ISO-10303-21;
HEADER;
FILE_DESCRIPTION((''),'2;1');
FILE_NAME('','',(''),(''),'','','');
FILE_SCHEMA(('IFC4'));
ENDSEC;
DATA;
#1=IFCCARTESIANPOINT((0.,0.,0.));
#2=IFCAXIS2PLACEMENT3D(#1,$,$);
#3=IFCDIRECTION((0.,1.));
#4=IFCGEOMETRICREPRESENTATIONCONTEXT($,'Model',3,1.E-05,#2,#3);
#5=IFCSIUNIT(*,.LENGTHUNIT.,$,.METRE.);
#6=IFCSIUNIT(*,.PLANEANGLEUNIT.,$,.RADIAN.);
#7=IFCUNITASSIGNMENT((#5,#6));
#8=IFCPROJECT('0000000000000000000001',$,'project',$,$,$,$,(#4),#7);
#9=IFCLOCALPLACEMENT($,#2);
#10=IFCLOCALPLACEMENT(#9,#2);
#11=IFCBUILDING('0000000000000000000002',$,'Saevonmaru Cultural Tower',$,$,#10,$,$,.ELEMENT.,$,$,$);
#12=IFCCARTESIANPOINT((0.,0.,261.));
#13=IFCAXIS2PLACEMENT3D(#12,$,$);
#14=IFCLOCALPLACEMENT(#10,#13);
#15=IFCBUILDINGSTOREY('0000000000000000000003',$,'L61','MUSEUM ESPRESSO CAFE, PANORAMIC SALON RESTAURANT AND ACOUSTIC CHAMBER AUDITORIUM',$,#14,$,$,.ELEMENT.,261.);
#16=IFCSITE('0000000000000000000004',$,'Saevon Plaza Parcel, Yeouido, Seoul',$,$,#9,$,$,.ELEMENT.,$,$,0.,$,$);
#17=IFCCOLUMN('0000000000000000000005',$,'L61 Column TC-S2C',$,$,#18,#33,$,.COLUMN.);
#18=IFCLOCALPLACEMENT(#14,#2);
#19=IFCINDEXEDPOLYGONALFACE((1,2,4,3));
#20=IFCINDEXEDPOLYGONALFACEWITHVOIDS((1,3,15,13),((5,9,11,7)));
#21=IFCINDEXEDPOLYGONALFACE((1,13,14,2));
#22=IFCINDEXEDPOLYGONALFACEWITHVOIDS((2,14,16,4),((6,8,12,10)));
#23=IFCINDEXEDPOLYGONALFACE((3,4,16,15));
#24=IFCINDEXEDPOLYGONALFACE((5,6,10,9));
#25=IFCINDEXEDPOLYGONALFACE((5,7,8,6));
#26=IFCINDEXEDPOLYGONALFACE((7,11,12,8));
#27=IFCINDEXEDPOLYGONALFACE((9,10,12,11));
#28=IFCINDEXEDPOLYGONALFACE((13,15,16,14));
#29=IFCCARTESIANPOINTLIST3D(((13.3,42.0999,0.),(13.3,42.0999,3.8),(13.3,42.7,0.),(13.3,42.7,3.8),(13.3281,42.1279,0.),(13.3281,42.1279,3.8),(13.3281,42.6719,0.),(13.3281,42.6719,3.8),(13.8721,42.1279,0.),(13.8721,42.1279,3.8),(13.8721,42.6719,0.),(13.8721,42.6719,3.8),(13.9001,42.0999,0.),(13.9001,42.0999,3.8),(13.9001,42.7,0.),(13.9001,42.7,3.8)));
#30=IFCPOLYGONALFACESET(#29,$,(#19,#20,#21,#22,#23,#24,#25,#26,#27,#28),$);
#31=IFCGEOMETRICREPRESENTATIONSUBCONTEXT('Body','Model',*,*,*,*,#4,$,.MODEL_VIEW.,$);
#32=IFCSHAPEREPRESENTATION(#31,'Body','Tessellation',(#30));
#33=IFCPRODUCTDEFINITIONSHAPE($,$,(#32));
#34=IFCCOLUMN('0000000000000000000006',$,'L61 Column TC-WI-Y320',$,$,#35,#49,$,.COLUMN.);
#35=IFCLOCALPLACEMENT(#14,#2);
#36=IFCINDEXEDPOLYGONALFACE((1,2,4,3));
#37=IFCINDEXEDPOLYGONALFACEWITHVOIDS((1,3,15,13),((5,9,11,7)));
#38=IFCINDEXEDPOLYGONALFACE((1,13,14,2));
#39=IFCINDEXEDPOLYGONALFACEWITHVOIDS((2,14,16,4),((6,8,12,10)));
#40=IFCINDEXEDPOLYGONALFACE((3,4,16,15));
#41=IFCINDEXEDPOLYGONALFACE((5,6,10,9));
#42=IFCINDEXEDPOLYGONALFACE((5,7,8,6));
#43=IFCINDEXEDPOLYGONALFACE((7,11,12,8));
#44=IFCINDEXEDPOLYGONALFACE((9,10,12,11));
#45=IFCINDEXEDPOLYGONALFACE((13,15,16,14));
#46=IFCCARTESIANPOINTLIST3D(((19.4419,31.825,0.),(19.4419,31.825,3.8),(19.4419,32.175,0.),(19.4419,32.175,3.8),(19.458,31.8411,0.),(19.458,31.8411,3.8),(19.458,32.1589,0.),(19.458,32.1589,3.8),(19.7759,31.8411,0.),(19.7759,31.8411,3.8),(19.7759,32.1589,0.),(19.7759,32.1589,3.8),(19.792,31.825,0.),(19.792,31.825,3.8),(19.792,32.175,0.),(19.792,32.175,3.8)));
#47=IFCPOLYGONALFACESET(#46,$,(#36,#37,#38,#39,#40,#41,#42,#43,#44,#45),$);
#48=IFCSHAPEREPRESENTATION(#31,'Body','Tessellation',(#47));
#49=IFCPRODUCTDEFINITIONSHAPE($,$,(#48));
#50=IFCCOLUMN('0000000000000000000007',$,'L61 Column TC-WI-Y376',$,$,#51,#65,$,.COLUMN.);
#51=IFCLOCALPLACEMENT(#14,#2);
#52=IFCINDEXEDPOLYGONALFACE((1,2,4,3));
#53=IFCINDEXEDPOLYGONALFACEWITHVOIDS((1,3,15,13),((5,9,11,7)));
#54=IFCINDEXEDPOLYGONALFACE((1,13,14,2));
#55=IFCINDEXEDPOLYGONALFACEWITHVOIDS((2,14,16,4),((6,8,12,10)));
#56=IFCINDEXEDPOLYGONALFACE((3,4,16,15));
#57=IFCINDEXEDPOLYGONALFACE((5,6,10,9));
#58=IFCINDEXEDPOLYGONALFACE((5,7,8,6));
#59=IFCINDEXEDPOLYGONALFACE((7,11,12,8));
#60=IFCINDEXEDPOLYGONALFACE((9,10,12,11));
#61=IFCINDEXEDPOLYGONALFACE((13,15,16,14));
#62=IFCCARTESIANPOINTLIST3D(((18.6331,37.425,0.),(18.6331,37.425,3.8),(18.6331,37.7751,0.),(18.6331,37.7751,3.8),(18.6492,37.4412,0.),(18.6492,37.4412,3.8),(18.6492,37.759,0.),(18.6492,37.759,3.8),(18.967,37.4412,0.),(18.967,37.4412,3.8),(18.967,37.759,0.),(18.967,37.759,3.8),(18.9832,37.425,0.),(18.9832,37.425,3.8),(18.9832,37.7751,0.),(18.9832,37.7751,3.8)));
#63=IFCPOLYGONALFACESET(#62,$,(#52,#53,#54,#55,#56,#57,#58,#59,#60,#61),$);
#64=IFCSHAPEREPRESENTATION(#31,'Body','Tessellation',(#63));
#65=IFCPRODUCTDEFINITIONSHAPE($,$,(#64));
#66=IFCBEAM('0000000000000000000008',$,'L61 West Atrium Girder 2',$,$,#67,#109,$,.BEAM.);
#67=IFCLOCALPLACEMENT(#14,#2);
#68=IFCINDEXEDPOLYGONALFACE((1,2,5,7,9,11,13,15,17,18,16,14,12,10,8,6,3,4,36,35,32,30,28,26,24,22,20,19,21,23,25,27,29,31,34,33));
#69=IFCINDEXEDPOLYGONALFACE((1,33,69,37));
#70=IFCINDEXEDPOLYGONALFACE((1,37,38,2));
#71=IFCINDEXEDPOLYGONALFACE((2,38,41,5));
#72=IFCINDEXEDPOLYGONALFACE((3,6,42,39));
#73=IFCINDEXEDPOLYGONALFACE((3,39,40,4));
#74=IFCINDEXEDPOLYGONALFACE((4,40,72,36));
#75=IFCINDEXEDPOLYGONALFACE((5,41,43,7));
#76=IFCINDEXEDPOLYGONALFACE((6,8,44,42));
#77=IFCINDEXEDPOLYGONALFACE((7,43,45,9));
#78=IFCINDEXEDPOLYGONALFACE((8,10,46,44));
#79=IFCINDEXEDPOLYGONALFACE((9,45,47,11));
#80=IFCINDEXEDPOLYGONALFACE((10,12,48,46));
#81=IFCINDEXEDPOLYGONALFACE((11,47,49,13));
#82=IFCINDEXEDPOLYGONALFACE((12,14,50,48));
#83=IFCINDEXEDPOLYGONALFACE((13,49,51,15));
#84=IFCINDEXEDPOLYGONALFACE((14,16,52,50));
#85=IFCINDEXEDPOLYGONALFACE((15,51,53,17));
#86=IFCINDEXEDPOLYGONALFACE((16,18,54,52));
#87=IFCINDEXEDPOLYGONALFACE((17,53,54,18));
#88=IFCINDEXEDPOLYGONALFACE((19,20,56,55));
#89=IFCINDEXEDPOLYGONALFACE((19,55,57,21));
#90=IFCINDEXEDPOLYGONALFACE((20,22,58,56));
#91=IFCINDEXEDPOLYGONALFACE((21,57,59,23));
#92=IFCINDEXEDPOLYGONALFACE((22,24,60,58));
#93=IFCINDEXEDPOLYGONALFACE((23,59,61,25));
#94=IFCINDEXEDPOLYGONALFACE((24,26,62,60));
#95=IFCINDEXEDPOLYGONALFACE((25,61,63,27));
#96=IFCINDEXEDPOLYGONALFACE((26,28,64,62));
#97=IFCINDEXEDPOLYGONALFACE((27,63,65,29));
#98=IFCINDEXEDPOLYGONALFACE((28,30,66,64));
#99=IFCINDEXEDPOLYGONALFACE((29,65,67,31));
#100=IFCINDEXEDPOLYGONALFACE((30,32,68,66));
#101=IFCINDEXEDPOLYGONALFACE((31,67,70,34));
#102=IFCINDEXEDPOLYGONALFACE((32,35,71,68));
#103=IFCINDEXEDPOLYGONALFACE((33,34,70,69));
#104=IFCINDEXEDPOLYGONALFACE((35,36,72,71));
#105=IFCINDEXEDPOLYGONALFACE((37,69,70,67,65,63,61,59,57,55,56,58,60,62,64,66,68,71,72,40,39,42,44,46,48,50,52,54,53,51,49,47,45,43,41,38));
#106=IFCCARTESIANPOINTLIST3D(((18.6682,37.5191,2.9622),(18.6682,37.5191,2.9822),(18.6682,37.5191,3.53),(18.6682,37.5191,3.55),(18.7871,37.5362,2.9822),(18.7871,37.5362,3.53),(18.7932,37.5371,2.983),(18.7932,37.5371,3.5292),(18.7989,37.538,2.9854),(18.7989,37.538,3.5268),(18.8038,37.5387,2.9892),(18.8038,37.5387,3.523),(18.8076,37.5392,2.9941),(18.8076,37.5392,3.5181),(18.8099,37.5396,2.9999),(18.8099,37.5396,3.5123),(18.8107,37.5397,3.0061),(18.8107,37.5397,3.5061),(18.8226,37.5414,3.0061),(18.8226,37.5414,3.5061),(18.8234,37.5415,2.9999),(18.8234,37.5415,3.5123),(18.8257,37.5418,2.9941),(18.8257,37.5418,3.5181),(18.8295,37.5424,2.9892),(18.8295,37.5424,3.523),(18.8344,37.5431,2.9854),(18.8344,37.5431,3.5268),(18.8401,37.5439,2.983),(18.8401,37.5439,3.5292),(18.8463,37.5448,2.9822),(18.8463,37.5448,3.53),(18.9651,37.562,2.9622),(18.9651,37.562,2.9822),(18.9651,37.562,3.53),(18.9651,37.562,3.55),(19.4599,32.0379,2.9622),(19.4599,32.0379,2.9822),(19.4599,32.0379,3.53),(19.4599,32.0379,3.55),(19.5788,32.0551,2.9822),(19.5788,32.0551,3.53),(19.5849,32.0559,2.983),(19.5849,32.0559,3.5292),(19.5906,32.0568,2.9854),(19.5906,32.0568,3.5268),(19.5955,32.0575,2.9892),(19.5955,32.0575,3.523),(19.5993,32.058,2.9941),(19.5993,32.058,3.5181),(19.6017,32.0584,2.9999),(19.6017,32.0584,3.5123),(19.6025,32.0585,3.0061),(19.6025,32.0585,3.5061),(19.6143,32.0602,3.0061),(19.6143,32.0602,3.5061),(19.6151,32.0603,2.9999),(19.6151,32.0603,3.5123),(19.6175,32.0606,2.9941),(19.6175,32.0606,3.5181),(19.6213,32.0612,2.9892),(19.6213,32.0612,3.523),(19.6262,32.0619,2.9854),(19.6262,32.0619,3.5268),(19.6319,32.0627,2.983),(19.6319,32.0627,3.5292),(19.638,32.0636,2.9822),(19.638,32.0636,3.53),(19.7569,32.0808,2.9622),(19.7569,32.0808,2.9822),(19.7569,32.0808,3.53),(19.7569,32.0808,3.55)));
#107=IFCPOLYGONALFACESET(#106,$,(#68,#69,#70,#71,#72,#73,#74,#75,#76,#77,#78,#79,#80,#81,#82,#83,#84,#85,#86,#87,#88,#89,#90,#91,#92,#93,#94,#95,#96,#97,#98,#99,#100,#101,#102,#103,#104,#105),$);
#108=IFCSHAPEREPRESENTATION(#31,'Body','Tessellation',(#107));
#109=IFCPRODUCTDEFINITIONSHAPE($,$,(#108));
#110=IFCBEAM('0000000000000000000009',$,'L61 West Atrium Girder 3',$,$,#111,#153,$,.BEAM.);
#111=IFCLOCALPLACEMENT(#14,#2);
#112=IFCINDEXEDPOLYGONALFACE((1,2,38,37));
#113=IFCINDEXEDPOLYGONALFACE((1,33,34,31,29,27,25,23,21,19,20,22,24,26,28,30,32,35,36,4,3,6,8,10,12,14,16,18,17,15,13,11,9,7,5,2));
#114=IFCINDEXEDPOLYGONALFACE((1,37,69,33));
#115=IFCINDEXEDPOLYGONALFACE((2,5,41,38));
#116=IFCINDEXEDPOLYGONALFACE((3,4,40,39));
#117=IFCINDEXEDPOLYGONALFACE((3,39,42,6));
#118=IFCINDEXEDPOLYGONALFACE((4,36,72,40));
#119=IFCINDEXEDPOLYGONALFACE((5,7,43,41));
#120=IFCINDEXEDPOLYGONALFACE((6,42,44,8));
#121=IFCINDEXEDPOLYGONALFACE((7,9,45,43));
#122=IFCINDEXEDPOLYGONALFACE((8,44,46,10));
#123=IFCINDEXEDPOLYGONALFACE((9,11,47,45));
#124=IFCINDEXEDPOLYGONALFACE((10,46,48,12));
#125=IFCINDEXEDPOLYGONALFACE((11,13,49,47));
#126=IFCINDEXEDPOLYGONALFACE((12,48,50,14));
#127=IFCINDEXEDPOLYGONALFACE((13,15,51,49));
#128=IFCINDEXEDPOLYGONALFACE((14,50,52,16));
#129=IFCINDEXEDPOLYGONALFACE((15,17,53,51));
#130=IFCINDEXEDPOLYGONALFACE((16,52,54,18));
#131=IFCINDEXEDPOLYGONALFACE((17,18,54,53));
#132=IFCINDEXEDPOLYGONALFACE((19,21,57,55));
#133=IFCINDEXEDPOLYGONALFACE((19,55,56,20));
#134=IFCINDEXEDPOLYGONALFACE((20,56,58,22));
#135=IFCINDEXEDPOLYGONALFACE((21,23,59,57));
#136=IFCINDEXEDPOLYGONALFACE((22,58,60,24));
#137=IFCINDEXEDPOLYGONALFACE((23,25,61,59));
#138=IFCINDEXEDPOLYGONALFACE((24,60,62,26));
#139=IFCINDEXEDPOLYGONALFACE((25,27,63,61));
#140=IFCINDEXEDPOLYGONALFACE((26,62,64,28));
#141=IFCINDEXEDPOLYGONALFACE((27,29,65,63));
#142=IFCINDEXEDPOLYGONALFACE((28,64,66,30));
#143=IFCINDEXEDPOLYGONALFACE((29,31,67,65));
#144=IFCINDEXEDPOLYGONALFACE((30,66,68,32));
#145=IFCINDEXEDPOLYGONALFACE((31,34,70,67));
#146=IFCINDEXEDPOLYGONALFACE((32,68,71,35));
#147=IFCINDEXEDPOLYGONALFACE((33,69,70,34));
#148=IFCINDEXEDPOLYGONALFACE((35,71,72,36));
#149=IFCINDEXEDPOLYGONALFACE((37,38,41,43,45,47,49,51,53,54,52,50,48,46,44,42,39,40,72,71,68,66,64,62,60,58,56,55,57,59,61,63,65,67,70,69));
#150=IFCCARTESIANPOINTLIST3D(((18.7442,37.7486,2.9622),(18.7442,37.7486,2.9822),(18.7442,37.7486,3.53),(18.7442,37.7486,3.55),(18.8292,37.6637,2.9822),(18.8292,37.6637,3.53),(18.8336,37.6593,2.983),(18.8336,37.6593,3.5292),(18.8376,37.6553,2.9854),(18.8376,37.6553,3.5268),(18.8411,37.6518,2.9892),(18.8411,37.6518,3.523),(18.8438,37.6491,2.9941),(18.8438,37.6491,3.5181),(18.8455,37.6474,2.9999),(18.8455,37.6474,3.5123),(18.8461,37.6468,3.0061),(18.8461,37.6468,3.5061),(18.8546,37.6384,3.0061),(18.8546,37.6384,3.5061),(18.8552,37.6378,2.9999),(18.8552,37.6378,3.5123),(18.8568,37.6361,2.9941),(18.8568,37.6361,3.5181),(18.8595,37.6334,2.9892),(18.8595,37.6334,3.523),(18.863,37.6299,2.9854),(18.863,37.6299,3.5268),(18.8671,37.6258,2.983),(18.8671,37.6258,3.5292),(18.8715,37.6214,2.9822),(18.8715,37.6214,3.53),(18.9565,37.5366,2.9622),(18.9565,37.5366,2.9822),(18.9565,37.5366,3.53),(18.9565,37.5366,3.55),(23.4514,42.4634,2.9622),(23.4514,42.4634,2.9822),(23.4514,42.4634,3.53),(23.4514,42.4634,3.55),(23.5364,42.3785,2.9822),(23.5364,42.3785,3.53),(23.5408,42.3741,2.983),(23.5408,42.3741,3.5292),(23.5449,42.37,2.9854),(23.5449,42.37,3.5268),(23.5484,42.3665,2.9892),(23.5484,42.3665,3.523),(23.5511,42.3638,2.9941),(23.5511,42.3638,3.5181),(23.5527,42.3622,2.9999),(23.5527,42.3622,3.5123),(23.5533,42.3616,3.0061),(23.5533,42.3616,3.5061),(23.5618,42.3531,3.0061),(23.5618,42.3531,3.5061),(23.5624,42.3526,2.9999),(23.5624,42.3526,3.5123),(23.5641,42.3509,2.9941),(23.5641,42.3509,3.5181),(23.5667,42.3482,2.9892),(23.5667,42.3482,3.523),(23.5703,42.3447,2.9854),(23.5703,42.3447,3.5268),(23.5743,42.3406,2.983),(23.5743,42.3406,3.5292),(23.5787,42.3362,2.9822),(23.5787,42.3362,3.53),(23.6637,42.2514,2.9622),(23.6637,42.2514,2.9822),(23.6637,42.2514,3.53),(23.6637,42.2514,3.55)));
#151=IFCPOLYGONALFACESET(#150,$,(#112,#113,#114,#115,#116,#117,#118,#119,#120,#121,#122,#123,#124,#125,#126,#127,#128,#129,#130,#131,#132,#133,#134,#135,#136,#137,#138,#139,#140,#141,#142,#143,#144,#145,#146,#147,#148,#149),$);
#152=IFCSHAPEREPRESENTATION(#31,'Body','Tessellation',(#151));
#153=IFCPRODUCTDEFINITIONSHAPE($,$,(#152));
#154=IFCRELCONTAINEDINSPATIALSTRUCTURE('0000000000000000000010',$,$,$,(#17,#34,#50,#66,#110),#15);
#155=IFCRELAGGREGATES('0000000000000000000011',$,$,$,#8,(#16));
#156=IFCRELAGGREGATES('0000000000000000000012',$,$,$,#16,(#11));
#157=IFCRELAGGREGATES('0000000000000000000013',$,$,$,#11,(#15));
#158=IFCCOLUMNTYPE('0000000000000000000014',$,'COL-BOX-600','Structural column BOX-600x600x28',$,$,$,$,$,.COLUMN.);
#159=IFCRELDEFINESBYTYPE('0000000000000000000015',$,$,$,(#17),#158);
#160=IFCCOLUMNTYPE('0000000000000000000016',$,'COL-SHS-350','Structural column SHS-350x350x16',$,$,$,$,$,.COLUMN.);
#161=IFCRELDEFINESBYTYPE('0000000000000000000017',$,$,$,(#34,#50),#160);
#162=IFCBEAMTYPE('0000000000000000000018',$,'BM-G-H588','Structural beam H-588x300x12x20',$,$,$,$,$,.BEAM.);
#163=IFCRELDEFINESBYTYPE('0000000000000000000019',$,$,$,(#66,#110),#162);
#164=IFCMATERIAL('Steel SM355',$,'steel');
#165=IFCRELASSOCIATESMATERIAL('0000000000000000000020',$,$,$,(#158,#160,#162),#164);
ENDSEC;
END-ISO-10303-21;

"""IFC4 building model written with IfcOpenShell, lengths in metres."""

from ifc_helpers import new_model, si_unit, direction, frame, origin, origin_2d, place, context, subcontext, project, spatial, hollow_rectangle, i_section, extrude, material, material_profile, profile_set, type_object, element, save


model = new_model("IFC4")

# Units and contexts
model_context = context("Model", 3, precision=1e-05, world=origin(), true_north=direction((0.0, 1.0)))
body_context = subcontext(model_context, "Body", "Model", "MODEL_VIEW")
ifc_project = project(units=[si_unit("LENGTHUNIT", "METRE"), si_unit("PLANEANGLEUNIT", "RADIAN")], contexts=[model_context])

# Site, building, storey
site_placement = place(None, origin())
site = spatial("IfcSite", under=ifc_project, at=site_placement, Name="Saevon Plaza Parcel, Yeouido, Seoul", CompositionType="ELEMENT", RefElevation=0.0)
building_placement = place(site_placement, origin())
building = spatial("IfcBuilding", under=site, at=building_placement, Name="Saevonmaru Cultural Tower", CompositionType="ELEMENT")
storey_placement = place(building_placement, frame((0.0, 0.0, 261.0)))
storey = spatial("IfcBuildingStorey", under=building, at=storey_placement, Name="L61", Description="MUSEUM ESPRESSO CAFE, PANORAMIC SALON RESTAURANT AND ACOUSTIC CHAMBER AUDITORIUM", CompositionType="ELEMENT", Elevation=261.0)

# Columns
ifc_material_1 = material(Name="Steel SM355", Category="steel")
ifc_material_profile_1 = material_profile(ifc_material_1, hollow_rectangle(XDim=0.6001, YDim=0.6001, WallThickness=0.0281, at=origin_2d()), Name="BOX-600x600x28")
ifc_profile_set_1 = profile_set([ifc_material_profile_1], Name="Steel SM355")
column_type_1 = type_object("IfcColumnType", Name="COL-BOX-600", Description="Structural column BOX-600x600x28", PredefinedType="COLUMN", material=ifc_profile_set_1)
column_placement = place(storey_placement, frame((13.6001, 42.3999, 0.0), z_axis=(0.0, 0.0, 1.0), x_axis=(1.0, 0.0, 0.0)))
element("IfcColumn", 1, at=column_placement, inside=storey, type_object=column_type_1, Name="L61 Column TC-S2C", PredefinedType="COLUMN", context=body_context, shape_type="SweptSolid", body=[
    extrude(hollow_rectangle(XDim=0.6001, YDim=0.6001, WallThickness=0.0281, at=origin_2d()), origin(), (0.0, 0.0, 1.0), 3.8),
])
ifc_material_profile_2 = material_profile(ifc_material_1, hollow_rectangle(XDim=0.3501, YDim=0.3501, WallThickness=0.0161, at=origin_2d()), Name="SHS-350x350x16")
ifc_profile_set_2 = profile_set([ifc_material_profile_2], Name="Steel SM355")
column_type_2 = type_object("IfcColumnType", Name="COL-SHS-350", Description="Structural column SHS-350x350x16", PredefinedType="COLUMN", material=ifc_profile_set_2)
for number, where, z_axis, x_axis, name in (
    (2, (19.6169, 32.0, 0.0), (0.0, 0.0, 1.0), (1.0, 0.0, 0.0), "L61 Column TC-WI-Y320"),
    (3, (18.8081, 37.6001, 0.0), (0.0, 0.0, 1.0), (1.0, 0.0, 0.0), "L61 Column TC-WI-Y376"),
):
    element("IfcColumn", number, at=place(storey_placement, frame(where, z_axis=z_axis, x_axis=x_axis)), inside=storey, type_object=column_type_2, Name=name, PredefinedType="COLUMN", context=body_context, shape_type="SweptSolid", body=[
        extrude(hollow_rectangle(XDim=0.3501, YDim=0.3501, WallThickness=0.0161, at=origin_2d()), origin(), (0.0, 0.0, 1.0), 3.8),
    ])

# Beams
ifc_material_profile_3 = material_profile(ifc_material_1, i_section(OverallWidth=0.3, OverallDepth=0.5879, WebThickness=0.012, FlangeThickness=0.02, FilletRadius=0.0239, at=origin_2d()), Name="H-588x300x12x20")
ifc_profile_set_3 = profile_set([ifc_material_profile_3], Name="Steel SM355")
beam_type = type_object("IfcBeamType", Name="BM-G-H588", Description="Structural beam H-588x300x12x20", PredefinedType="BEAM", material=ifc_profile_set_3)
beam_1_placement = place(storey_placement, frame((19.6084, 32.0593, 3.2561), z_axis=(-0.142964, 0.989728, 0.0), x_axis=(-0.989728, -0.142964, 0.0)))
element("IfcBeam", 4, at=beam_1_placement, inside=storey, type_object=beam_type, Name="L61 West Atrium Girder 2", PredefinedType="BEAM", context=body_context, shape_type="SweptSolid", body=[
    extrude(i_section(OverallWidth=0.3, OverallDepth=0.5879, WebThickness=0.012, FlangeThickness=0.02, FilletRadius=0.0239, at=origin_2d()), origin(), (0.0, 0.0, 1.0), 5.5381),
])
beam_2_placement = place(storey_placement, frame((18.8503, 37.6426, 3.2561), z_axis=(0.706539, 0.707675, 0.0), x_axis=(-0.707675, 0.706539, 0.0)))
element("IfcBeam", 5, at=beam_2_placement, inside=storey, type_object=beam_type, Name="L61 West Atrium Girder 3", PredefinedType="BEAM", context=body_context, shape_type="SweptSolid", body=[
    extrude(i_section(OverallWidth=0.3, OverallDepth=0.5879, WebThickness=0.012, FlangeThickness=0.02, FilletRadius=0.0239, at=origin_2d()), origin(), (0.0, 0.0, 1.0), 6.6624),
])

save(model, "model.ifc")
